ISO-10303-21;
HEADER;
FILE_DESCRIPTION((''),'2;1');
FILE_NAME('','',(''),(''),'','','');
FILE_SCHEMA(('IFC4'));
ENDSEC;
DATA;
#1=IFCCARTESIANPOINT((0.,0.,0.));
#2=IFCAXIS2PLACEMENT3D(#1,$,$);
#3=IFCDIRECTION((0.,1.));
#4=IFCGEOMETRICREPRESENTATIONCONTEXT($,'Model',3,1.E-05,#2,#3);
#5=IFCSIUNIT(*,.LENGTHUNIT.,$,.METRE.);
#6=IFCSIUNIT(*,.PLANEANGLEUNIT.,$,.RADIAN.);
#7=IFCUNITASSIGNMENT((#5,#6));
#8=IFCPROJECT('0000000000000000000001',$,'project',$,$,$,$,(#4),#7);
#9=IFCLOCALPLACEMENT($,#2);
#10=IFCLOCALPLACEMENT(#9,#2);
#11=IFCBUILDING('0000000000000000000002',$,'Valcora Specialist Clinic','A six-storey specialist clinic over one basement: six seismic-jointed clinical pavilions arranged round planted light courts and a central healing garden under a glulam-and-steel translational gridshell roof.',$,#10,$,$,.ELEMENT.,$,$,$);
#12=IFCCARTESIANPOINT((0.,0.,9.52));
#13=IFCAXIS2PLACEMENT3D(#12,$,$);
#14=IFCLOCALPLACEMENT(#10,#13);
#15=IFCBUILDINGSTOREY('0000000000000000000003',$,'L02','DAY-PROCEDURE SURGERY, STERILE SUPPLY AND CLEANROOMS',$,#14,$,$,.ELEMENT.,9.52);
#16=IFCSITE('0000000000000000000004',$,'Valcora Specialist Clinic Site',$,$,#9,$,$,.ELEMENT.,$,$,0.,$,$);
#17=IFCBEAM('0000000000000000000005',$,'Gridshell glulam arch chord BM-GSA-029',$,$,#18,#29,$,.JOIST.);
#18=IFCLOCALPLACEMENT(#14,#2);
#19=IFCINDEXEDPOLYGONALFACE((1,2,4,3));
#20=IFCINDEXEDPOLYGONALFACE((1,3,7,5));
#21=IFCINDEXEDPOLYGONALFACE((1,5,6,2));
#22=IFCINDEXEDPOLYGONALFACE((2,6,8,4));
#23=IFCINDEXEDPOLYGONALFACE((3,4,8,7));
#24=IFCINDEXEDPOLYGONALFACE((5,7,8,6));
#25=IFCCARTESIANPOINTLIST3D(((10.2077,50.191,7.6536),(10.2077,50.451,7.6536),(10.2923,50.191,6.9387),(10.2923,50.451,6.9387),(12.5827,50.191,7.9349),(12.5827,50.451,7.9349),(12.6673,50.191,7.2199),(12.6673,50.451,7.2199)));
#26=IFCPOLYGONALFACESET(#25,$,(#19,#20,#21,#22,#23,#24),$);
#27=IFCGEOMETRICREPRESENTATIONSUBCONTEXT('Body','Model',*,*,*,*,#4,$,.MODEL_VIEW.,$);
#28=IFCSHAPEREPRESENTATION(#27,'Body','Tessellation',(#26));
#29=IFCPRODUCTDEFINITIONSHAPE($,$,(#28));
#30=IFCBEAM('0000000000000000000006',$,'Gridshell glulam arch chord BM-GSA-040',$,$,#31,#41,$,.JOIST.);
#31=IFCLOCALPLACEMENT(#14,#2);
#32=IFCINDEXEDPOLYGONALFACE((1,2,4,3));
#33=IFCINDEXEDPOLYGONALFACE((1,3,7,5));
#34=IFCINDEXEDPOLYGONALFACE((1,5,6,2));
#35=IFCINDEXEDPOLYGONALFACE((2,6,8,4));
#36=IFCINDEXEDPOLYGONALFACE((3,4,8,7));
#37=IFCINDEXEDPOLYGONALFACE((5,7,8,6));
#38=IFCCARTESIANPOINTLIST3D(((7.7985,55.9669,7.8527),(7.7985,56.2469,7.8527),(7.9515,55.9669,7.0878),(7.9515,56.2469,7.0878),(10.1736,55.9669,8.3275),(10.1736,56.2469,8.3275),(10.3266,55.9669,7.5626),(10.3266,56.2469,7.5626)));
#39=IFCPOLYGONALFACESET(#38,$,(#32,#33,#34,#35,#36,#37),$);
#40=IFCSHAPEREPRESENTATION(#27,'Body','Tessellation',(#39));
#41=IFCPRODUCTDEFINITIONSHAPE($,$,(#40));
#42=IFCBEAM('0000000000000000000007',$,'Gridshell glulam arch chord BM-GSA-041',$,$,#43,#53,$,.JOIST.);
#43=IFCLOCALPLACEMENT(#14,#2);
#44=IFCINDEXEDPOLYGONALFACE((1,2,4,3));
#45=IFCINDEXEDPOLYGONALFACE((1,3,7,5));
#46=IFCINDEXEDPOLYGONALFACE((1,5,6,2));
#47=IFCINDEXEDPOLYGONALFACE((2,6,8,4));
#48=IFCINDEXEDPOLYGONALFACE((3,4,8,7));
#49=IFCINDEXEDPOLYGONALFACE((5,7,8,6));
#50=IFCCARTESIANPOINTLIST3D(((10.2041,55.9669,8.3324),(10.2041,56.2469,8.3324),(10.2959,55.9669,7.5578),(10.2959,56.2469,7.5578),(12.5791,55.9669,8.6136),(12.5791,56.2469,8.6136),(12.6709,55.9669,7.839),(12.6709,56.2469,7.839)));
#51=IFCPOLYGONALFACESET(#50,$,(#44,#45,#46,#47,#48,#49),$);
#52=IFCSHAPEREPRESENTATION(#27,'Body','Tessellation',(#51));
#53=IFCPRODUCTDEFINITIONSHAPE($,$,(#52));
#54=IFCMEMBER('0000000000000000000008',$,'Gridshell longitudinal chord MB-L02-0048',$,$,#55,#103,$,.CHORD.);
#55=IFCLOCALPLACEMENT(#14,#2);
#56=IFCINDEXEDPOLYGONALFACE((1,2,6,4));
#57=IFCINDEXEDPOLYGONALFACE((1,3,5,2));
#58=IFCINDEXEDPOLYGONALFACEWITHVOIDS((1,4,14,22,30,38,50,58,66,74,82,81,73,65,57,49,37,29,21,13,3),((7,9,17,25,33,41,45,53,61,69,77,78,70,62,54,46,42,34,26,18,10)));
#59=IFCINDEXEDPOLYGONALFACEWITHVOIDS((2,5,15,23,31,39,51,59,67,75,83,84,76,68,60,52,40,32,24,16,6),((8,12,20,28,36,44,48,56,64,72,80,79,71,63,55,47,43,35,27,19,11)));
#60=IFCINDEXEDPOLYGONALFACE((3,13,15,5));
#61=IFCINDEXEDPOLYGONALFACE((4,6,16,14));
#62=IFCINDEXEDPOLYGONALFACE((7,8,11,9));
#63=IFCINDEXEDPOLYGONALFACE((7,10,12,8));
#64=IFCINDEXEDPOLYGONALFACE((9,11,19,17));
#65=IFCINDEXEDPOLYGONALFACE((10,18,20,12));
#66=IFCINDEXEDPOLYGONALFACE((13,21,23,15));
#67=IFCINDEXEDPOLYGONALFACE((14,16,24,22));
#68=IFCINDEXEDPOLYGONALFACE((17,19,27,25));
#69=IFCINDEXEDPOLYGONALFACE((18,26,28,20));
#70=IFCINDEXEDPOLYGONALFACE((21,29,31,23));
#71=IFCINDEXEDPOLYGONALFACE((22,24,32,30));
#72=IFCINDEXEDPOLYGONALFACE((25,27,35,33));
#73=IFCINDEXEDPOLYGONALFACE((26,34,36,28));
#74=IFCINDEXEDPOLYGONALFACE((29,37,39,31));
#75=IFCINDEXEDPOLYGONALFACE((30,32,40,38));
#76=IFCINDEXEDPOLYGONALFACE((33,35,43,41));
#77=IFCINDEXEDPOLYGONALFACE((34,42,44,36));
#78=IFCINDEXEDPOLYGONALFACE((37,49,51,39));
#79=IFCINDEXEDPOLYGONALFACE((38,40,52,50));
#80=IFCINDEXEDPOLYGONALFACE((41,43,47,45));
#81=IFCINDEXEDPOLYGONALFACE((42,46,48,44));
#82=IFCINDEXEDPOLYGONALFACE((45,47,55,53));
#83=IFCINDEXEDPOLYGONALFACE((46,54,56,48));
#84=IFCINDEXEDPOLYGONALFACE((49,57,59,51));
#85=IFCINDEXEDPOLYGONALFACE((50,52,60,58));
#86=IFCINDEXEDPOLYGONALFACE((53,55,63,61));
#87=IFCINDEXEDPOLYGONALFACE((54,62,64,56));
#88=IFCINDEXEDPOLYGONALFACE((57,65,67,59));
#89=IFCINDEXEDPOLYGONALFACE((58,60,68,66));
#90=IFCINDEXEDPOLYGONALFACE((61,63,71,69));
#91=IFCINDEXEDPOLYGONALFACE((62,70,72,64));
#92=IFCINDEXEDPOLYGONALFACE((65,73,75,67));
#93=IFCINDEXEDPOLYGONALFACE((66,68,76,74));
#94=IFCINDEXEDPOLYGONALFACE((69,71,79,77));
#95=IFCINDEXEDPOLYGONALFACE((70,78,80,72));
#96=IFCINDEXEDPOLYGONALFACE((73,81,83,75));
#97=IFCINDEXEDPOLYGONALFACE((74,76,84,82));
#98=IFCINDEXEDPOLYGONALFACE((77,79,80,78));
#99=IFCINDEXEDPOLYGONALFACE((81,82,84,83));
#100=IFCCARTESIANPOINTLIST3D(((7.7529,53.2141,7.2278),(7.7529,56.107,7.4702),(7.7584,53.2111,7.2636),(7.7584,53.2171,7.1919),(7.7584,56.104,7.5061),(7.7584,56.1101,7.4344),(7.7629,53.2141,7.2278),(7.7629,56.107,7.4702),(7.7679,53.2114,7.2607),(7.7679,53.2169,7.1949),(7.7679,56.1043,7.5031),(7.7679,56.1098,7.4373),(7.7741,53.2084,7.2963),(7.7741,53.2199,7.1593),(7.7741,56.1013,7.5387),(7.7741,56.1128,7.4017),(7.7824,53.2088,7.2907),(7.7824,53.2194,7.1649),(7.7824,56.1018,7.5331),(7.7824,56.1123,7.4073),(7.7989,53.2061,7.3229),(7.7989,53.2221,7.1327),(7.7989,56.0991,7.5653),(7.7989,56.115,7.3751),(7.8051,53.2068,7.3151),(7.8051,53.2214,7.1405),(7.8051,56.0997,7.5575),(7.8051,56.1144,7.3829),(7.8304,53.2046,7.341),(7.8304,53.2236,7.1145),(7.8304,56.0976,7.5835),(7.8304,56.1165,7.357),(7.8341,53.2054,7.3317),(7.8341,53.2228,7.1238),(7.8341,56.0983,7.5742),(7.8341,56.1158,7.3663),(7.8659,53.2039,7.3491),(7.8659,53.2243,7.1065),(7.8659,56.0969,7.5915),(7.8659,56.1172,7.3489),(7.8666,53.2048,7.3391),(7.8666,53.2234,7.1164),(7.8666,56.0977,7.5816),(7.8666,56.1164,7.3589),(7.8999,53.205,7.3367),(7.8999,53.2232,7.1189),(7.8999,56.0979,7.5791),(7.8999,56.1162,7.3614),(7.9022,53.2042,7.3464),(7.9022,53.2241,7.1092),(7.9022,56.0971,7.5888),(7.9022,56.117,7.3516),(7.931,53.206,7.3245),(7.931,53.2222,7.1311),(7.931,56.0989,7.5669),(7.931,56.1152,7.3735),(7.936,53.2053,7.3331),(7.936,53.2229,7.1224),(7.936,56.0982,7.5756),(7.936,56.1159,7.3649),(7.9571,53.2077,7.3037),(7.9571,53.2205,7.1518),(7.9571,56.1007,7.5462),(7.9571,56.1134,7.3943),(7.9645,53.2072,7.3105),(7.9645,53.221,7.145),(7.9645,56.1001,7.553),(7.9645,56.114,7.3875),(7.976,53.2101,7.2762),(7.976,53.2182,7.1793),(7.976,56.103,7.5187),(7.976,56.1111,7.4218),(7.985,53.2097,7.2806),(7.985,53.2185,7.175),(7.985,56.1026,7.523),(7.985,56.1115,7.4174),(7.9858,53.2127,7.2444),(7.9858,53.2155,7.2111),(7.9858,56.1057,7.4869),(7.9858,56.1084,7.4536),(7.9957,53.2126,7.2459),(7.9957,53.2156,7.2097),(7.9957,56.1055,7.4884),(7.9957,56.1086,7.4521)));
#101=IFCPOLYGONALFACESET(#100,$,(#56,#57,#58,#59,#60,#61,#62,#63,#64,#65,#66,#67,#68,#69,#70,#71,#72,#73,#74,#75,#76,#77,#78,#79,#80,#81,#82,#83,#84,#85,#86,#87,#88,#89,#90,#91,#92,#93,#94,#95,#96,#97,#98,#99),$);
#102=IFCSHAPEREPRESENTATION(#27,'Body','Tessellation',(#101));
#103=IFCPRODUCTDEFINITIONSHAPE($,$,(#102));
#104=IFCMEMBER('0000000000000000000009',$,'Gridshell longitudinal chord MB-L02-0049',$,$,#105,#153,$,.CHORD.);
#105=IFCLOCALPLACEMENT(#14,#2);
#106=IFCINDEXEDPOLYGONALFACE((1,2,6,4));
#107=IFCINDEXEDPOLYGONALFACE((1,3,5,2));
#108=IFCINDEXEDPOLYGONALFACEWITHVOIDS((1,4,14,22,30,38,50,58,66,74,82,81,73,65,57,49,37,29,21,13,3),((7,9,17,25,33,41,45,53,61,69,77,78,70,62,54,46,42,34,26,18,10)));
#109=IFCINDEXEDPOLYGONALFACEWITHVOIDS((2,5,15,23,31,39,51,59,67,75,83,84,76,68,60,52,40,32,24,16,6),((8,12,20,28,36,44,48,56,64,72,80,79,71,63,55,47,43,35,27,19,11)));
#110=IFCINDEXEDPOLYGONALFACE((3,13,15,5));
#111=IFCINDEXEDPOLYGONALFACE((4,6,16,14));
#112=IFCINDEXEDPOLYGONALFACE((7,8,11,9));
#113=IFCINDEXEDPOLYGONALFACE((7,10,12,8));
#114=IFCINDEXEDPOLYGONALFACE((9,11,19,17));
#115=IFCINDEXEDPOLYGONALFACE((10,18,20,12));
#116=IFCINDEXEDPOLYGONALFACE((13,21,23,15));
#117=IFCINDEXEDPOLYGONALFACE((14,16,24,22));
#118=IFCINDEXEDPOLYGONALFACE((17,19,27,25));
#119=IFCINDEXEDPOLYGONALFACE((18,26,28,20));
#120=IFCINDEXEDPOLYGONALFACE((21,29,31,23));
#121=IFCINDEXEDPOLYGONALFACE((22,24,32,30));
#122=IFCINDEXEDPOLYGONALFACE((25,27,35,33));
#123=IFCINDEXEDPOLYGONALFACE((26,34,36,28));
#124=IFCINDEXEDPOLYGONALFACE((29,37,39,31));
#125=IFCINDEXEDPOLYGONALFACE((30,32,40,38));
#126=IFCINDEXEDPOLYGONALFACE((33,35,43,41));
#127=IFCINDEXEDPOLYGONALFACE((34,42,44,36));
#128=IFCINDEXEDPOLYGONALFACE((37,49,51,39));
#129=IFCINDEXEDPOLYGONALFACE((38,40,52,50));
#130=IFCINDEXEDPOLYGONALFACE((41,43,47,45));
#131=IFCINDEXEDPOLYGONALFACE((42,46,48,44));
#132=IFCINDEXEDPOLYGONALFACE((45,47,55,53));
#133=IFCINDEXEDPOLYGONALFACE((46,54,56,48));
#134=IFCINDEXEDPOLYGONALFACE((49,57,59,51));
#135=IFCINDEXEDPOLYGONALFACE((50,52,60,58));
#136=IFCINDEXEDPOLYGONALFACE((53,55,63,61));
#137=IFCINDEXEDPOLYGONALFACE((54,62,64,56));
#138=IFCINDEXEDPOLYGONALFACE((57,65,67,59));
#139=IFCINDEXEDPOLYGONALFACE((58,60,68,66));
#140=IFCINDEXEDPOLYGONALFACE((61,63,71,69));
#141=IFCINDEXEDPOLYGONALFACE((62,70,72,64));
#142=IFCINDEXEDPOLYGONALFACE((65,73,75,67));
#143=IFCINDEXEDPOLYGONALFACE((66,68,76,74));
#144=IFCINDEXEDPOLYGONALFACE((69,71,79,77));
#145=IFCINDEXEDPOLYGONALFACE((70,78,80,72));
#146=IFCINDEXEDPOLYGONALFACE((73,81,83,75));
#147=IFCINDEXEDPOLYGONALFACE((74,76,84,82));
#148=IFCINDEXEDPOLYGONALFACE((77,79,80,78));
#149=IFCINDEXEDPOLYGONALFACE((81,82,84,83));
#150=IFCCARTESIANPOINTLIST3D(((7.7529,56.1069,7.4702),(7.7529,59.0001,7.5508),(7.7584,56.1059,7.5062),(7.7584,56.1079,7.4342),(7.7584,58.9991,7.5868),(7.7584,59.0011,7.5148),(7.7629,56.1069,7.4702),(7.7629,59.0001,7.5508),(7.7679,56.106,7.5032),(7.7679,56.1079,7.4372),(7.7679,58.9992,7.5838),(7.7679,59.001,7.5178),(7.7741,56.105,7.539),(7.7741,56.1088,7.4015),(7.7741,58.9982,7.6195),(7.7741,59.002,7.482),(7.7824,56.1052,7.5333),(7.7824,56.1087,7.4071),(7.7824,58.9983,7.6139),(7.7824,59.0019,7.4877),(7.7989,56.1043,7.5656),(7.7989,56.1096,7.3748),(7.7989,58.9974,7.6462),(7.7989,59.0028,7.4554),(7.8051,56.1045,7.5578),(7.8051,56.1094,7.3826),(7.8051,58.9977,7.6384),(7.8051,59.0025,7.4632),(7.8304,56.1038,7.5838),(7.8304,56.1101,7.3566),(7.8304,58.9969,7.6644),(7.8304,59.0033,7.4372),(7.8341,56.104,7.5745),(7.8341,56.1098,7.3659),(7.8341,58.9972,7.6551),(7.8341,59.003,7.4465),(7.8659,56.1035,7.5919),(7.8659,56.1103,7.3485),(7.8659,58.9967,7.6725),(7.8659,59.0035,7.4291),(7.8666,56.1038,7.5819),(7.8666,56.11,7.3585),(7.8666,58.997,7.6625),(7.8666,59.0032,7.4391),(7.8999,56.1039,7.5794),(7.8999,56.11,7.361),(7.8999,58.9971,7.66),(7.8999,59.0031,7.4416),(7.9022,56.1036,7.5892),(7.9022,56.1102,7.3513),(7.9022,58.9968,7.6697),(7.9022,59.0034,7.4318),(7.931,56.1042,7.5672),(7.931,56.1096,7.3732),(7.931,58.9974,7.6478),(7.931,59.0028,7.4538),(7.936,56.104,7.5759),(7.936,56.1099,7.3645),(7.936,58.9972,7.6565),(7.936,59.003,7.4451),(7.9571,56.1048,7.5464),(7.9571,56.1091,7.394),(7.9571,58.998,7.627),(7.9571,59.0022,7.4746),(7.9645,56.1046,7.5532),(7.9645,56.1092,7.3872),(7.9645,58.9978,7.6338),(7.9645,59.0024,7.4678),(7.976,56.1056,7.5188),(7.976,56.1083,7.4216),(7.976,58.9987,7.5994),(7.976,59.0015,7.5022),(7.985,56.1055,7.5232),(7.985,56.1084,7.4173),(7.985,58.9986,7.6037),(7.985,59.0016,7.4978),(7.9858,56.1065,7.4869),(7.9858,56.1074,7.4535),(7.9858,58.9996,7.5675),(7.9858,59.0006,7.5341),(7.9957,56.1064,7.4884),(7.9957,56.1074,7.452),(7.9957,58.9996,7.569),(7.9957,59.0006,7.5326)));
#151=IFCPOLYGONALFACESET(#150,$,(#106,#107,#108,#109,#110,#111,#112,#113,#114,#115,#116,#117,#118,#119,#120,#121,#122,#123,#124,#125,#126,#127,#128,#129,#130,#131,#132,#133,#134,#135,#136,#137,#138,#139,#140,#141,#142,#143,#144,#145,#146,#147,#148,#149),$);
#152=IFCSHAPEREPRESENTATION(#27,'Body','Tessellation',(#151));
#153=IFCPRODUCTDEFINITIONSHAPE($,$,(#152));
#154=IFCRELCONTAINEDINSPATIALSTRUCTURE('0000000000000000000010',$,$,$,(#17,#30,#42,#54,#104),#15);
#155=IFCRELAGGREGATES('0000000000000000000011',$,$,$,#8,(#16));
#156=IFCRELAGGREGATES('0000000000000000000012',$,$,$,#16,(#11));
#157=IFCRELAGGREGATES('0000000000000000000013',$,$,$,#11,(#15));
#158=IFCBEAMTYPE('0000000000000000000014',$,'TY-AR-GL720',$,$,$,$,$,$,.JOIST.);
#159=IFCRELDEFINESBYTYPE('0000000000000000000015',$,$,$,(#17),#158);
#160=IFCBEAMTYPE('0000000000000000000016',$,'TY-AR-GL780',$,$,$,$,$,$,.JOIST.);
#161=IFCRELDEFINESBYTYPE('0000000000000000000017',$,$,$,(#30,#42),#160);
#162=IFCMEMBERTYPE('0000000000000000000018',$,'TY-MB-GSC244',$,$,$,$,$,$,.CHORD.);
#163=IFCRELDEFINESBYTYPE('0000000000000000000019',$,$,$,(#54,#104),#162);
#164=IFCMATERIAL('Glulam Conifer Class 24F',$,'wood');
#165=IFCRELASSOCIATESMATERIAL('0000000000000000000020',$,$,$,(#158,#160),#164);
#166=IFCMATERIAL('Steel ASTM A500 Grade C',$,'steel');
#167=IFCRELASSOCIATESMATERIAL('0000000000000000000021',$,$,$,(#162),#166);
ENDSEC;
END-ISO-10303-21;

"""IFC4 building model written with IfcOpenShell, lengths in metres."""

from ifc_helpers import new_model, si_unit, direction, frame, origin, origin_2d, place, context, subcontext, project, spatial, rectangle, hollow_circle, extrude, material, material_profile, profile_set, type_object, element, save


model = new_model("IFC4")

# Units and contexts
model_context = context("Model", 3, precision=1e-05, world=origin(), true_north=direction((0.0, 1.0)))
body_context = subcontext(model_context, "Body", "Model", "MODEL_VIEW")
ifc_project = project(units=[si_unit("LENGTHUNIT", "METRE"), si_unit("PLANEANGLEUNIT", "RADIAN")], contexts=[model_context])

# Site, building, storey
site_placement = place(None, origin())
site = spatial("IfcSite", under=ifc_project, at=site_placement, Name="Valcora Specialist Clinic Site", CompositionType="ELEMENT", RefElevation=0.0)
building_placement = place(site_placement, origin())
building = spatial("IfcBuilding", under=site, at=building_placement, Name="Valcora Specialist Clinic", Description="A six-storey specialist clinic over one basement: six seismic-jointed clinical pavilions arranged round planted light courts and a central healing garden under a glulam-and-steel translational gridshell roof.", CompositionType="ELEMENT")
storey_placement = place(building_placement, frame((0.0, 0.0, 9.52)))
storey = spatial("IfcBuildingStorey", under=building, at=storey_placement, Name="L02", Description="DAY-PROCEDURE SURGERY, STERILE SUPPLY AND CLEANROOMS", CompositionType="ELEMENT", Elevation=9.52)

# Beams
ifc_material_1 = material(Name="Glulam Conifer Class 24F", Category="wood")
ifc_material_profile_1 = material_profile(ifc_material_1, rectangle(XDim=0.26, YDim=0.72, at=origin_2d()), Name="GL-ARC-260X720")
ifc_profile_set_1 = profile_set([ifc_material_profile_1], Name="Glulam Conifer Class 24F")
beam_type_1 = type_object("IfcBeamType", Name="TY-AR-GL720", PredefinedType="JOIST", material=ifc_profile_set_1)
beam_1_placement = place(storey_placement, frame((10.25, 50.321, 7.2961), z_axis=(0.993061, 0.0, 0.117599), x_axis=(0.0, 1.0, 0.0)))
element("IfcBeam", 1, at=beam_1_placement, inside=storey, type_object=beam_type_1, Name="Gridshell glulam arch chord BM-GSA-029", PredefinedType="JOIST", context=body_context, shape_type="SweptSolid", body=[
    extrude(rectangle(XDim=0.26, YDim=0.72, at=origin_2d()), origin(), (0.0, 0.0, 1.0), 2.3916),
])
ifc_material_profile_2 = material_profile(ifc_material_1, rectangle(XDim=0.28, YDim=0.78, at=origin_2d()), Name="GL-ARC-280X780")
ifc_profile_set_2 = profile_set([ifc_material_profile_2], Name="Glulam Conifer Class 24F")
beam_type_2 = type_object("IfcBeamType", Name="TY-AR-GL780", PredefinedType="JOIST", material=ifc_profile_set_2)
beam_2_placement = place(storey_placement, frame((7.875, 56.1069, 7.4702), z_axis=(0.980592, 0.0, 0.196058), x_axis=(0.0, 1.0, 0.0)))
element("IfcBeam", 2, at=beam_2_placement, inside=storey, type_object=beam_type_2, Name="Gridshell glulam arch chord BM-GSA-040", PredefinedType="JOIST", context=body_context, shape_type="SweptSolid", body=[
    extrude(rectangle(XDim=0.28, YDim=0.78, at=origin_2d()), origin(), (0.0, 0.0, 1.0), 2.4221),
])
beam_3_placement = place(storey_placement, frame((10.25, 56.1069, 7.9451), z_axis=(0.993061, 0.0, 0.117599), x_axis=(0.0, 1.0, 0.0)))
element("IfcBeam", 3, at=beam_3_placement, inside=storey, type_object=beam_type_2, Name="Gridshell glulam arch chord BM-GSA-041", PredefinedType="JOIST", context=body_context, shape_type="SweptSolid", body=[
    extrude(rectangle(XDim=0.28, YDim=0.78, at=origin_2d()), origin(), (0.0, 0.0, 1.0), 2.3916),
])

# Members
ifc_material_2 = material(Name="Steel ASTM A500 Grade C", Category="steel")
ifc_material_profile_3 = material_profile(ifc_material_2, hollow_circle(Radius=0.1221, WallThickness=0.01, at=origin_2d()), Name="ST-CHS-244X10")
ifc_profile_set_3 = profile_set([ifc_material_profile_3], Name="Steel ASTM A500 Grade C")
member_type_1 = type_object("IfcMemberType", Name="TY-MB-GSC244", PredefinedType="CHORD", material=ifc_profile_set_3)
member_1_placement = place(storey_placement, frame((7.875, 53.2141, 7.2278), z_axis=(0.0, 0.996507, 0.083512), x_axis=(-1.0, 0.0, 0.0)))
element("IfcMember", 4, at=member_1_placement, inside=storey, type_object=member_type_1, Name="Gridshell longitudinal chord MB-L02-0048", PredefinedType="CHORD", context=body_context, shape_type="SweptSolid", body=[
    extrude(hollow_circle(Radius=0.1221, WallThickness=0.01, at=origin_2d()), origin(), (0.0, 0.0, 1.0), 2.9031),
])
member_2_placement = place(storey_placement, frame((7.875, 56.1069, 7.4702), z_axis=(0.0, 0.999612, 0.027837), x_axis=(-1.0, 0.0, 0.0)))
element("IfcMember", 5, at=member_2_placement, inside=storey, type_object=member_type_1, Name="Gridshell longitudinal chord MB-L02-0049", PredefinedType="CHORD", context=body_context, shape_type="SweptSolid", body=[
    extrude(hollow_circle(Radius=0.1221, WallThickness=0.01, at=origin_2d()), origin(), (0.0, 0.0, 1.0), 2.8943),
])

save(model, "model.ifc")
